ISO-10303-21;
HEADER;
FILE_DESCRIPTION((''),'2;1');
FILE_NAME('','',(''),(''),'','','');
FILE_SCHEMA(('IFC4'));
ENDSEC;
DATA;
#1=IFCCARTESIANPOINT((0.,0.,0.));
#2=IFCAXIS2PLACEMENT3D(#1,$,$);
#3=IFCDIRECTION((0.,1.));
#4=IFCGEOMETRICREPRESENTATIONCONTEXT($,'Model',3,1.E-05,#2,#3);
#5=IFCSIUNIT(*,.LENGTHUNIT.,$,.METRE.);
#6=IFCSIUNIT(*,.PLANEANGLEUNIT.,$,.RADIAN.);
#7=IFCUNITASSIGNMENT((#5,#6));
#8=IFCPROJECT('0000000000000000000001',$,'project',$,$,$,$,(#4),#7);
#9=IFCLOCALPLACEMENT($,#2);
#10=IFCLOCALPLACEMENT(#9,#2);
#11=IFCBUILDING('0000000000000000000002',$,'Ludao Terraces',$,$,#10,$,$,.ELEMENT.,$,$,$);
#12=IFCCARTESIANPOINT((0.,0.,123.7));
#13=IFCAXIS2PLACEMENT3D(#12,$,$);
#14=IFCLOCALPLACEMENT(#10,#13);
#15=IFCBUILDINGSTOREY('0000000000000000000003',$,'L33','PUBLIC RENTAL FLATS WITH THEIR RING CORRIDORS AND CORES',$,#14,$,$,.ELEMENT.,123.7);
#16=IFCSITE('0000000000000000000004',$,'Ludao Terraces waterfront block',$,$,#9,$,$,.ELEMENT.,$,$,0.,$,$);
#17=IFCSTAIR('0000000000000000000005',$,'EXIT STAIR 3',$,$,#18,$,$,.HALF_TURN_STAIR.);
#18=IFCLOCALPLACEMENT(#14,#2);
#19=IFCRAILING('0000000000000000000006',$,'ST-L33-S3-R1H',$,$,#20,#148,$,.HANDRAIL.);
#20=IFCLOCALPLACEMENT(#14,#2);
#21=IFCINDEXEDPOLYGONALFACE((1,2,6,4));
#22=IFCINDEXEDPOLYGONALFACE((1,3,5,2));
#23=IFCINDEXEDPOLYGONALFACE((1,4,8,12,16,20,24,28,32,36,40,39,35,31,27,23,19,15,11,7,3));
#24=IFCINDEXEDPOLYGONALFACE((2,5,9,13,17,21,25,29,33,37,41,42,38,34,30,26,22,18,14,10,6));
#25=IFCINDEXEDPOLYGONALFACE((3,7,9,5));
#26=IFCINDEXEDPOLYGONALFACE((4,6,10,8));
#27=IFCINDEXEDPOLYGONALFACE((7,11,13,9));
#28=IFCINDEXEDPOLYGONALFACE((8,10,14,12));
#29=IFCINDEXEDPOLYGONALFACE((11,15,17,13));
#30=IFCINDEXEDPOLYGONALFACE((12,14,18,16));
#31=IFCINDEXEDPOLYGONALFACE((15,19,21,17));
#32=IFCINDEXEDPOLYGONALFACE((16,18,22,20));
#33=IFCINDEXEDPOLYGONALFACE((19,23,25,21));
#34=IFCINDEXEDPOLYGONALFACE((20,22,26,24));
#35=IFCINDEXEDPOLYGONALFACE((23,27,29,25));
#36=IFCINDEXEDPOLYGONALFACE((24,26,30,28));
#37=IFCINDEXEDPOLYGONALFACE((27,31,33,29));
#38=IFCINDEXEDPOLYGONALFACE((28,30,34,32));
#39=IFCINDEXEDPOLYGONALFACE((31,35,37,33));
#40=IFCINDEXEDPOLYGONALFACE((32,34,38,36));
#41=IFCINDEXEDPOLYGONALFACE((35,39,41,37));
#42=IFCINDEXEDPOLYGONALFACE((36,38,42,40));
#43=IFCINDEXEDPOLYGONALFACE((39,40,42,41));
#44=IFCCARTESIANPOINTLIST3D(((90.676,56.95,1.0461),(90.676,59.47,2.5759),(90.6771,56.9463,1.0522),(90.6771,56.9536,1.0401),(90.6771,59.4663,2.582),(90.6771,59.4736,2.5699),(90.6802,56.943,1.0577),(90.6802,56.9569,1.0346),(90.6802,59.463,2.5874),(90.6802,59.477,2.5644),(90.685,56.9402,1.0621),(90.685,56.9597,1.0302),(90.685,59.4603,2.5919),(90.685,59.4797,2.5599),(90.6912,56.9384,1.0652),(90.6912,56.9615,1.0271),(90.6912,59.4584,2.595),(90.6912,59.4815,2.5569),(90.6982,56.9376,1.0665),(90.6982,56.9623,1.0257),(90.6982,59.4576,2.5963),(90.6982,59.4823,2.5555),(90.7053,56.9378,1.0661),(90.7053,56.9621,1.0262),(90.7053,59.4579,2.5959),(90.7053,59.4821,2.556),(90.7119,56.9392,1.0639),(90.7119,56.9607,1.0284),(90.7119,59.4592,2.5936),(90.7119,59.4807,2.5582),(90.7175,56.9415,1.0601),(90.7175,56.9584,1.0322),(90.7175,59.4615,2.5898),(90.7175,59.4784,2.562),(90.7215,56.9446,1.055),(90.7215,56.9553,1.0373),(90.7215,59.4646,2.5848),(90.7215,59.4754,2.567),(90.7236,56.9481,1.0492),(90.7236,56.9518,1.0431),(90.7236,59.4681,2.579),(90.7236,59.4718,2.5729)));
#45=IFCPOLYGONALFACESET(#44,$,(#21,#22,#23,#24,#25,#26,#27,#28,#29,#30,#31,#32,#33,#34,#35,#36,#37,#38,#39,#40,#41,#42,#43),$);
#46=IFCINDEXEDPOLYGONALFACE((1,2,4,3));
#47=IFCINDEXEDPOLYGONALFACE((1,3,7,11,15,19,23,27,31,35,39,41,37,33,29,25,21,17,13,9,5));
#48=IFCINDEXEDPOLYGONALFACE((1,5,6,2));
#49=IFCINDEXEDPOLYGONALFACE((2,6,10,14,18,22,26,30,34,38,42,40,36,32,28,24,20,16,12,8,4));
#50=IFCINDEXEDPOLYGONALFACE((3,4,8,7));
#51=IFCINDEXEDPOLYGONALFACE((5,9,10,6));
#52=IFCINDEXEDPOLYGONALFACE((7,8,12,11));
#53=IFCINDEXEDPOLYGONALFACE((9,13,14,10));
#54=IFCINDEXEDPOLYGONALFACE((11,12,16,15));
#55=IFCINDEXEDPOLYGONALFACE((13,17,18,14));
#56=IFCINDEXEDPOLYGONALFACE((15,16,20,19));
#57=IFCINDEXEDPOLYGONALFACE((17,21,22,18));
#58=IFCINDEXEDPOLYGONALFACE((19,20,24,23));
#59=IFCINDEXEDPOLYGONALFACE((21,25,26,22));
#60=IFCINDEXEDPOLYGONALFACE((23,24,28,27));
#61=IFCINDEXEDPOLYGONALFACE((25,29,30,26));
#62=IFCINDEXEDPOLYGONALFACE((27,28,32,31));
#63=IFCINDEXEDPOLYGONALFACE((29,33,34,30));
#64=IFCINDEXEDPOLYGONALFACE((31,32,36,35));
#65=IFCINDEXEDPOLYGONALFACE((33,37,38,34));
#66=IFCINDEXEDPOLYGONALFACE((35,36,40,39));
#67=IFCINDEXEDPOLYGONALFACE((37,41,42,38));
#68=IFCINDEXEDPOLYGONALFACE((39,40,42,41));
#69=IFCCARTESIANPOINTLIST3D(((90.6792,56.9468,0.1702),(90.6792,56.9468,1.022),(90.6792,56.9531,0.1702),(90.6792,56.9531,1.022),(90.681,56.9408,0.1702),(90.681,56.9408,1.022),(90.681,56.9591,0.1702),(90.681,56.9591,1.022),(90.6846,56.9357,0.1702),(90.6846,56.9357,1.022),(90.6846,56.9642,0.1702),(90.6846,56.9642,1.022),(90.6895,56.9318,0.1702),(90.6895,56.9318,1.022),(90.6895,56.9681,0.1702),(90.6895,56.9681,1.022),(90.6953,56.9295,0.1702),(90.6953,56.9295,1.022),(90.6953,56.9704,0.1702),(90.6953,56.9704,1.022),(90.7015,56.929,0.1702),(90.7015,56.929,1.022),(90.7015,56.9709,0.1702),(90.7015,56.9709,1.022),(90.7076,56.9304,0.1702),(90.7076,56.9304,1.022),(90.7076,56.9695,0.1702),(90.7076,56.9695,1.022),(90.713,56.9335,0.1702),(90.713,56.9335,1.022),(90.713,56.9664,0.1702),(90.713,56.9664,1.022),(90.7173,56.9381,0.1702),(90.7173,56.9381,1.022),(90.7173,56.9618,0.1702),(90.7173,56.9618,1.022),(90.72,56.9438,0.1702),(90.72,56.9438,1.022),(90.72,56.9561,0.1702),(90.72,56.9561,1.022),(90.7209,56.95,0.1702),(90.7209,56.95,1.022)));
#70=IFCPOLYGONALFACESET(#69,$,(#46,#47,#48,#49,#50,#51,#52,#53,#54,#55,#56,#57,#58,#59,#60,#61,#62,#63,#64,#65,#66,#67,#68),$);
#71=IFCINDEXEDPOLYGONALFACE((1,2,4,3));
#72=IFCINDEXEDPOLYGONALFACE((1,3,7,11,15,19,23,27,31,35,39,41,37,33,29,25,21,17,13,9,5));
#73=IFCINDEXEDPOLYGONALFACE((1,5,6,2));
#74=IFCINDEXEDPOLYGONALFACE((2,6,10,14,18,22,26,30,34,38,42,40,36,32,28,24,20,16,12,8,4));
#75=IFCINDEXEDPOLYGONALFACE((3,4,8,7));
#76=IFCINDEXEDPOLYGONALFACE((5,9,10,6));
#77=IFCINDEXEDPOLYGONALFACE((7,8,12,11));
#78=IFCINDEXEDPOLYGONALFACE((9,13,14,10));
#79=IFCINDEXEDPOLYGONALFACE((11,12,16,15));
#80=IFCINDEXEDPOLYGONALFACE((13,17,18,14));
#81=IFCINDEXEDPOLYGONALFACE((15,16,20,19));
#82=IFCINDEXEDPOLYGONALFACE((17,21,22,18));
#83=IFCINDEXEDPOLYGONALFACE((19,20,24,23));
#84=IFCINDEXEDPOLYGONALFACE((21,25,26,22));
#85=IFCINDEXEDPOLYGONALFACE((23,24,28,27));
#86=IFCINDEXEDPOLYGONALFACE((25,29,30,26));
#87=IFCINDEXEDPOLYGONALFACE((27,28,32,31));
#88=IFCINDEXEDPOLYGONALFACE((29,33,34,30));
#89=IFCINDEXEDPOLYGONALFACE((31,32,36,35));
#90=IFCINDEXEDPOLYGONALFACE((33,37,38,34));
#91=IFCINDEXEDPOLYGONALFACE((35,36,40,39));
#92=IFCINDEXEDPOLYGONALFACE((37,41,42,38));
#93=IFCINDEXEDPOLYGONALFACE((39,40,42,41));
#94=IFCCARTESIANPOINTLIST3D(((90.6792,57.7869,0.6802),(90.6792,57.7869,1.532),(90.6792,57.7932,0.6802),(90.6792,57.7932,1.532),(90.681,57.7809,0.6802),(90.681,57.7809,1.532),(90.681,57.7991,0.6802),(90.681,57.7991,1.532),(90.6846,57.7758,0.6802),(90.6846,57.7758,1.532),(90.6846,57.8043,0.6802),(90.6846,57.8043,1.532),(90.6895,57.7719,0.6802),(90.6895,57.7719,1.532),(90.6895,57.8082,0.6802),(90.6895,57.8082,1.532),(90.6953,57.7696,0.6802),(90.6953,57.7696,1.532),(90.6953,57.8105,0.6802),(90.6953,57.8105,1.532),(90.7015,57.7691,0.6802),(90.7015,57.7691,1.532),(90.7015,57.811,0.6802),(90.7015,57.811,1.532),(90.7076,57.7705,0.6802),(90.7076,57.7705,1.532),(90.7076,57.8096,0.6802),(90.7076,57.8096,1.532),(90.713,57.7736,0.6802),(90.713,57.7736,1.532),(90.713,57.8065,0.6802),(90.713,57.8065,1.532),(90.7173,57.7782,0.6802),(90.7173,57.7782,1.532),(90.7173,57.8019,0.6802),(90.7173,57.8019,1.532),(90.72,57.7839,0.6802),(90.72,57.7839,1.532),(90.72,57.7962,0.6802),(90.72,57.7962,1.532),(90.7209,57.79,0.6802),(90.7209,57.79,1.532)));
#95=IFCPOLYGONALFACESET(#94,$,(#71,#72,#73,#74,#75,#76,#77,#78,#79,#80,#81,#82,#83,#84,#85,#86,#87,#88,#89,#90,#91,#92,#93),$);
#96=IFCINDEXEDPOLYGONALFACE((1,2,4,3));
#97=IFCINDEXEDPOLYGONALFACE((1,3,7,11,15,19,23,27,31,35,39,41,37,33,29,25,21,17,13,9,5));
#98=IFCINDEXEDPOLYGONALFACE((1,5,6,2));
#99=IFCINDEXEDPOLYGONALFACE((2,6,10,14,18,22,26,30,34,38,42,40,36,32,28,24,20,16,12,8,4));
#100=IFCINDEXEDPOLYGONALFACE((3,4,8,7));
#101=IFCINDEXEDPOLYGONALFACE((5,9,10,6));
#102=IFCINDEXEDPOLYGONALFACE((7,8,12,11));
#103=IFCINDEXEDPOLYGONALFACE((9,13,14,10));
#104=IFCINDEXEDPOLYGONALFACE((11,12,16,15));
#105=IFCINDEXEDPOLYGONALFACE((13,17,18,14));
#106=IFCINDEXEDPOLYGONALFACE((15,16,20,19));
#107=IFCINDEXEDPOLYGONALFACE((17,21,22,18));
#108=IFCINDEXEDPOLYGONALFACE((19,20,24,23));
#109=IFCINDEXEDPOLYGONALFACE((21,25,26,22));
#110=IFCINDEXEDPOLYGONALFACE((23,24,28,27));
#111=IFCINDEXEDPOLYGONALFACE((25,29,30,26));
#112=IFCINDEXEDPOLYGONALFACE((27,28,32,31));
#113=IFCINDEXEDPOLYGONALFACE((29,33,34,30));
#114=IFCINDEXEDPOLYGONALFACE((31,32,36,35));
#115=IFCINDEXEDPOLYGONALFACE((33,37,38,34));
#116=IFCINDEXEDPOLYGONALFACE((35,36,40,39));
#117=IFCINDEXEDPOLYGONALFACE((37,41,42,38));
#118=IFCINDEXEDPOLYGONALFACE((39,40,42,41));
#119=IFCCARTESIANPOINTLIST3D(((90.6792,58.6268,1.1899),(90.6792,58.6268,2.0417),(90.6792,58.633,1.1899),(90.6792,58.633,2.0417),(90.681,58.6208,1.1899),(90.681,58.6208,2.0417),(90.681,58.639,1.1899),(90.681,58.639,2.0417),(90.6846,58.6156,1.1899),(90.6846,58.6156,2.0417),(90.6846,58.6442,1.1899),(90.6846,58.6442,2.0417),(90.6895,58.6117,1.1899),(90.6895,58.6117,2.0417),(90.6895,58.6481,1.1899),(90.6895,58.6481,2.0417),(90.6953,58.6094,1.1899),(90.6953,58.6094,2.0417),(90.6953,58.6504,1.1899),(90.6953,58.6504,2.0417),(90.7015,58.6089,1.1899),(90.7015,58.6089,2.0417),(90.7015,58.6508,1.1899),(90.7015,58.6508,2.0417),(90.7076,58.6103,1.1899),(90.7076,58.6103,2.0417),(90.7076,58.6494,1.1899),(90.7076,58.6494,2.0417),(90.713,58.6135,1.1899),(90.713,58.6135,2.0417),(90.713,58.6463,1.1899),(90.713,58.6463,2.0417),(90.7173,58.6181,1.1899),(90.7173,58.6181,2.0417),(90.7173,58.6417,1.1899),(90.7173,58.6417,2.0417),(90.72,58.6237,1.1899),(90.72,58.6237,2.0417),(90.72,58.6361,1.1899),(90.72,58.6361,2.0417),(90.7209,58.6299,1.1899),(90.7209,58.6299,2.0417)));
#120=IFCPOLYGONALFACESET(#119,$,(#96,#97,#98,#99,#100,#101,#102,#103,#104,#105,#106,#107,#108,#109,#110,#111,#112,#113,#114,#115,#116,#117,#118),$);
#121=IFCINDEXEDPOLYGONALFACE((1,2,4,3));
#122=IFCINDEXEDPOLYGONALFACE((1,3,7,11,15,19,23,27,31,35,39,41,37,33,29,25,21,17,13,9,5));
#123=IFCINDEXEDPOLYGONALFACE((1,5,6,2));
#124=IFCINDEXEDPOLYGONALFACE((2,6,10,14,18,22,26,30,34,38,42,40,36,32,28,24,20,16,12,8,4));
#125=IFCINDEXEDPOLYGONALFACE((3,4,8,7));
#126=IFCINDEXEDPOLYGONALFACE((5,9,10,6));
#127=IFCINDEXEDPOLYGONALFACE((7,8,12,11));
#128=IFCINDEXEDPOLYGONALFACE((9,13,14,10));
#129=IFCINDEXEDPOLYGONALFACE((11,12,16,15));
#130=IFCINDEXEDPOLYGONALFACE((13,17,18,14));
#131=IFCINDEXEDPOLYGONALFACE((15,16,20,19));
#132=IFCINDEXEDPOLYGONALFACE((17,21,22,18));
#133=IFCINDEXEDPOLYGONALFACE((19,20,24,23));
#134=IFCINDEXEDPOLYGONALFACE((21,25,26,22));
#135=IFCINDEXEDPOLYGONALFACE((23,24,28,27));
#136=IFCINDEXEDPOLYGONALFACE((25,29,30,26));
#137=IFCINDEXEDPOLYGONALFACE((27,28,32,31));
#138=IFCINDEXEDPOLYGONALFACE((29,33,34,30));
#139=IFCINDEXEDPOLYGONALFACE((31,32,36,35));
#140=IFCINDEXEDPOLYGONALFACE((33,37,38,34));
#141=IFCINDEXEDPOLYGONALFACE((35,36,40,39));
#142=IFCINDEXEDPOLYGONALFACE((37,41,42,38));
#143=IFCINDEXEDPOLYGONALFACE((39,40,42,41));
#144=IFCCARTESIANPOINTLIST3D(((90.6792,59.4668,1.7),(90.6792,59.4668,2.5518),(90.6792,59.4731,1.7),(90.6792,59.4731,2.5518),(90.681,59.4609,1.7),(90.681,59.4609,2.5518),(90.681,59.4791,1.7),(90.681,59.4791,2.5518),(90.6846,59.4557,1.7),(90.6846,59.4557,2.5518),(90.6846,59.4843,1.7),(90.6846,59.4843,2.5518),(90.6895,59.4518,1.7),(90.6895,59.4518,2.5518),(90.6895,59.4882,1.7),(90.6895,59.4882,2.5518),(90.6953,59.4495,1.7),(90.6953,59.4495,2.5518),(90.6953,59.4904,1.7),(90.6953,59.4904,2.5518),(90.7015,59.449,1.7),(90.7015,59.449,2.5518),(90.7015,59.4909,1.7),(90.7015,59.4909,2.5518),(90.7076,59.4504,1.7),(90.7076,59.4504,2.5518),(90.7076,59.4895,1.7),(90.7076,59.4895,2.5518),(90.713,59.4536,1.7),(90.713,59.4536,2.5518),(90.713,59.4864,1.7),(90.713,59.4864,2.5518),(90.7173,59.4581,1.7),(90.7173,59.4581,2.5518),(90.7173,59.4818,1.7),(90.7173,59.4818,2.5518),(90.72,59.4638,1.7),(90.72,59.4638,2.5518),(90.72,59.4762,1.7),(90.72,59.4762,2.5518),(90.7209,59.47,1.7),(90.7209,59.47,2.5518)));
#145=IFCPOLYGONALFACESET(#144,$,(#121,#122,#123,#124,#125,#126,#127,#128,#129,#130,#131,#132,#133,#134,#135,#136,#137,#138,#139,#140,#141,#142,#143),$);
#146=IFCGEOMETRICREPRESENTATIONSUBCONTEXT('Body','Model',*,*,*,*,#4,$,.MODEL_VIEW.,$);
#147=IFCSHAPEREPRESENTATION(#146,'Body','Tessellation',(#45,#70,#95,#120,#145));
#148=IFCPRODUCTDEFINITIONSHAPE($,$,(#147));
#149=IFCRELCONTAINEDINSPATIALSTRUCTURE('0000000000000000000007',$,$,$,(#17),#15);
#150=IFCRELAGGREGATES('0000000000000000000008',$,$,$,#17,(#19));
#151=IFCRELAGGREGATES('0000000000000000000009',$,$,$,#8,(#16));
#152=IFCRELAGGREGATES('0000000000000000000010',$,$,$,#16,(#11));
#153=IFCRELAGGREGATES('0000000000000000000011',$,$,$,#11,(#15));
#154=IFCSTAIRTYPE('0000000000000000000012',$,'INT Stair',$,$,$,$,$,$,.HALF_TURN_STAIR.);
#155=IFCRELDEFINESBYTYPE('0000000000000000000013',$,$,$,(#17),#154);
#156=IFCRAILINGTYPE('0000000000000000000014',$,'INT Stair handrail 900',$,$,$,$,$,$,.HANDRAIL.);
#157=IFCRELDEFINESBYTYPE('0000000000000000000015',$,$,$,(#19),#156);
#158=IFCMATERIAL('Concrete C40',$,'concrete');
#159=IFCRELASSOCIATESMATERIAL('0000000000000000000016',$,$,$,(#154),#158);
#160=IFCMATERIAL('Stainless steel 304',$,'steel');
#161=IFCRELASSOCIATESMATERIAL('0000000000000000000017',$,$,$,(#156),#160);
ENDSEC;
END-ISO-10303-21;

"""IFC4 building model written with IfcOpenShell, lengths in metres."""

from ifc_helpers import new_model, si_unit, direction, frame, origin, origin_2d, place, context, subcontext, project, spatial, circle, extrude, material, type_object, element, aggregate, save


model = new_model("IFC4")

# Units and contexts
model_context = context("Model", 3, precision=1e-05, world=origin(), true_north=direction((0.0, 1.0)))
body_context = subcontext(model_context, "Body", "Model", "MODEL_VIEW")
ifc_project = project(units=[si_unit("LENGTHUNIT", "METRE"), si_unit("PLANEANGLEUNIT", "RADIAN")], contexts=[model_context])

# Site, building, storey
site_placement = place(None, origin())
site = spatial("IfcSite", under=ifc_project, at=site_placement, Name="Ludao Terraces waterfront block", CompositionType="ELEMENT", RefElevation=0.0)
building_placement = place(site_placement, origin())
building = spatial("IfcBuilding", under=site, at=building_placement, Name="Ludao Terraces", CompositionType="ELEMENT")
storey_placement = place(building_placement, frame((0.0, 0.0, 123.7)))
storey = spatial("IfcBuildingStorey", under=building, at=storey_placement, Name="L33", Description="PUBLIC RENTAL FLATS WITH THEIR RING CORRIDORS AND CORES", CompositionType="ELEMENT", Elevation=123.7)

# Shared definitions
ifc_material_1 = material(Name="Concrete C40", Category="concrete")

# Stair, railing
stair_type = type_object("IfcStairType", Name="INT Stair", PredefinedType="HALF_TURN_STAIR", material=ifc_material_1)
stair_placement = place(storey_placement, origin())
stair = element("IfcStair", 1, at=stair_placement, inside=storey, type_object=stair_type, Name="EXIT STAIR 3", PredefinedType="HALF_TURN_STAIR")
ifc_material_2 = material(Name="Stainless steel 304", Category="steel")
railing_type_1 = type_object("IfcRailingType", Name="INT Stair handrail 900", PredefinedType="HANDRAIL", material=ifc_material_2)
railing_1_placement = place(storey_placement, frame((90.7, 56.95, 0.1702)))
railing_1 = element("IfcRailing", 2, at=railing_1_placement, type_object=railing_type_1, Name="ST-L33-S3-R1H", PredefinedType="HANDRAIL", context=body_context, shape_type="SweptSolid", body=[
    extrude(circle(Radius=0.0239, at=origin_2d()), frame((0.0, 0.0, 0.876), z_axis=(0.0, 0.854822, 0.518922), x_axis=(-1.0, 0.0, 0.0)), (0.0, 0.0, 1.0), 2.948),
    extrude(circle(Radius=0.021, at=origin_2d()), origin(), (0.0, 0.0, 1.0), 0.8518),
    extrude(circle(Radius=0.021, at=origin_2d()), frame((0.0, 0.8401, 0.51)), (0.0, 0.0, 1.0), 0.8518),
    extrude(circle(Radius=0.021, at=origin_2d()), frame((0.0, 1.6799, 1.0198)), (0.0, 0.0, 1.0), 0.8518),
    extrude(circle(Radius=0.021, at=origin_2d()), frame((0.0, 2.52, 1.5298)), (0.0, 0.0, 1.0), 0.8518),
])
aggregate(stair, [railing_1])

save(model, "model.ifc")
